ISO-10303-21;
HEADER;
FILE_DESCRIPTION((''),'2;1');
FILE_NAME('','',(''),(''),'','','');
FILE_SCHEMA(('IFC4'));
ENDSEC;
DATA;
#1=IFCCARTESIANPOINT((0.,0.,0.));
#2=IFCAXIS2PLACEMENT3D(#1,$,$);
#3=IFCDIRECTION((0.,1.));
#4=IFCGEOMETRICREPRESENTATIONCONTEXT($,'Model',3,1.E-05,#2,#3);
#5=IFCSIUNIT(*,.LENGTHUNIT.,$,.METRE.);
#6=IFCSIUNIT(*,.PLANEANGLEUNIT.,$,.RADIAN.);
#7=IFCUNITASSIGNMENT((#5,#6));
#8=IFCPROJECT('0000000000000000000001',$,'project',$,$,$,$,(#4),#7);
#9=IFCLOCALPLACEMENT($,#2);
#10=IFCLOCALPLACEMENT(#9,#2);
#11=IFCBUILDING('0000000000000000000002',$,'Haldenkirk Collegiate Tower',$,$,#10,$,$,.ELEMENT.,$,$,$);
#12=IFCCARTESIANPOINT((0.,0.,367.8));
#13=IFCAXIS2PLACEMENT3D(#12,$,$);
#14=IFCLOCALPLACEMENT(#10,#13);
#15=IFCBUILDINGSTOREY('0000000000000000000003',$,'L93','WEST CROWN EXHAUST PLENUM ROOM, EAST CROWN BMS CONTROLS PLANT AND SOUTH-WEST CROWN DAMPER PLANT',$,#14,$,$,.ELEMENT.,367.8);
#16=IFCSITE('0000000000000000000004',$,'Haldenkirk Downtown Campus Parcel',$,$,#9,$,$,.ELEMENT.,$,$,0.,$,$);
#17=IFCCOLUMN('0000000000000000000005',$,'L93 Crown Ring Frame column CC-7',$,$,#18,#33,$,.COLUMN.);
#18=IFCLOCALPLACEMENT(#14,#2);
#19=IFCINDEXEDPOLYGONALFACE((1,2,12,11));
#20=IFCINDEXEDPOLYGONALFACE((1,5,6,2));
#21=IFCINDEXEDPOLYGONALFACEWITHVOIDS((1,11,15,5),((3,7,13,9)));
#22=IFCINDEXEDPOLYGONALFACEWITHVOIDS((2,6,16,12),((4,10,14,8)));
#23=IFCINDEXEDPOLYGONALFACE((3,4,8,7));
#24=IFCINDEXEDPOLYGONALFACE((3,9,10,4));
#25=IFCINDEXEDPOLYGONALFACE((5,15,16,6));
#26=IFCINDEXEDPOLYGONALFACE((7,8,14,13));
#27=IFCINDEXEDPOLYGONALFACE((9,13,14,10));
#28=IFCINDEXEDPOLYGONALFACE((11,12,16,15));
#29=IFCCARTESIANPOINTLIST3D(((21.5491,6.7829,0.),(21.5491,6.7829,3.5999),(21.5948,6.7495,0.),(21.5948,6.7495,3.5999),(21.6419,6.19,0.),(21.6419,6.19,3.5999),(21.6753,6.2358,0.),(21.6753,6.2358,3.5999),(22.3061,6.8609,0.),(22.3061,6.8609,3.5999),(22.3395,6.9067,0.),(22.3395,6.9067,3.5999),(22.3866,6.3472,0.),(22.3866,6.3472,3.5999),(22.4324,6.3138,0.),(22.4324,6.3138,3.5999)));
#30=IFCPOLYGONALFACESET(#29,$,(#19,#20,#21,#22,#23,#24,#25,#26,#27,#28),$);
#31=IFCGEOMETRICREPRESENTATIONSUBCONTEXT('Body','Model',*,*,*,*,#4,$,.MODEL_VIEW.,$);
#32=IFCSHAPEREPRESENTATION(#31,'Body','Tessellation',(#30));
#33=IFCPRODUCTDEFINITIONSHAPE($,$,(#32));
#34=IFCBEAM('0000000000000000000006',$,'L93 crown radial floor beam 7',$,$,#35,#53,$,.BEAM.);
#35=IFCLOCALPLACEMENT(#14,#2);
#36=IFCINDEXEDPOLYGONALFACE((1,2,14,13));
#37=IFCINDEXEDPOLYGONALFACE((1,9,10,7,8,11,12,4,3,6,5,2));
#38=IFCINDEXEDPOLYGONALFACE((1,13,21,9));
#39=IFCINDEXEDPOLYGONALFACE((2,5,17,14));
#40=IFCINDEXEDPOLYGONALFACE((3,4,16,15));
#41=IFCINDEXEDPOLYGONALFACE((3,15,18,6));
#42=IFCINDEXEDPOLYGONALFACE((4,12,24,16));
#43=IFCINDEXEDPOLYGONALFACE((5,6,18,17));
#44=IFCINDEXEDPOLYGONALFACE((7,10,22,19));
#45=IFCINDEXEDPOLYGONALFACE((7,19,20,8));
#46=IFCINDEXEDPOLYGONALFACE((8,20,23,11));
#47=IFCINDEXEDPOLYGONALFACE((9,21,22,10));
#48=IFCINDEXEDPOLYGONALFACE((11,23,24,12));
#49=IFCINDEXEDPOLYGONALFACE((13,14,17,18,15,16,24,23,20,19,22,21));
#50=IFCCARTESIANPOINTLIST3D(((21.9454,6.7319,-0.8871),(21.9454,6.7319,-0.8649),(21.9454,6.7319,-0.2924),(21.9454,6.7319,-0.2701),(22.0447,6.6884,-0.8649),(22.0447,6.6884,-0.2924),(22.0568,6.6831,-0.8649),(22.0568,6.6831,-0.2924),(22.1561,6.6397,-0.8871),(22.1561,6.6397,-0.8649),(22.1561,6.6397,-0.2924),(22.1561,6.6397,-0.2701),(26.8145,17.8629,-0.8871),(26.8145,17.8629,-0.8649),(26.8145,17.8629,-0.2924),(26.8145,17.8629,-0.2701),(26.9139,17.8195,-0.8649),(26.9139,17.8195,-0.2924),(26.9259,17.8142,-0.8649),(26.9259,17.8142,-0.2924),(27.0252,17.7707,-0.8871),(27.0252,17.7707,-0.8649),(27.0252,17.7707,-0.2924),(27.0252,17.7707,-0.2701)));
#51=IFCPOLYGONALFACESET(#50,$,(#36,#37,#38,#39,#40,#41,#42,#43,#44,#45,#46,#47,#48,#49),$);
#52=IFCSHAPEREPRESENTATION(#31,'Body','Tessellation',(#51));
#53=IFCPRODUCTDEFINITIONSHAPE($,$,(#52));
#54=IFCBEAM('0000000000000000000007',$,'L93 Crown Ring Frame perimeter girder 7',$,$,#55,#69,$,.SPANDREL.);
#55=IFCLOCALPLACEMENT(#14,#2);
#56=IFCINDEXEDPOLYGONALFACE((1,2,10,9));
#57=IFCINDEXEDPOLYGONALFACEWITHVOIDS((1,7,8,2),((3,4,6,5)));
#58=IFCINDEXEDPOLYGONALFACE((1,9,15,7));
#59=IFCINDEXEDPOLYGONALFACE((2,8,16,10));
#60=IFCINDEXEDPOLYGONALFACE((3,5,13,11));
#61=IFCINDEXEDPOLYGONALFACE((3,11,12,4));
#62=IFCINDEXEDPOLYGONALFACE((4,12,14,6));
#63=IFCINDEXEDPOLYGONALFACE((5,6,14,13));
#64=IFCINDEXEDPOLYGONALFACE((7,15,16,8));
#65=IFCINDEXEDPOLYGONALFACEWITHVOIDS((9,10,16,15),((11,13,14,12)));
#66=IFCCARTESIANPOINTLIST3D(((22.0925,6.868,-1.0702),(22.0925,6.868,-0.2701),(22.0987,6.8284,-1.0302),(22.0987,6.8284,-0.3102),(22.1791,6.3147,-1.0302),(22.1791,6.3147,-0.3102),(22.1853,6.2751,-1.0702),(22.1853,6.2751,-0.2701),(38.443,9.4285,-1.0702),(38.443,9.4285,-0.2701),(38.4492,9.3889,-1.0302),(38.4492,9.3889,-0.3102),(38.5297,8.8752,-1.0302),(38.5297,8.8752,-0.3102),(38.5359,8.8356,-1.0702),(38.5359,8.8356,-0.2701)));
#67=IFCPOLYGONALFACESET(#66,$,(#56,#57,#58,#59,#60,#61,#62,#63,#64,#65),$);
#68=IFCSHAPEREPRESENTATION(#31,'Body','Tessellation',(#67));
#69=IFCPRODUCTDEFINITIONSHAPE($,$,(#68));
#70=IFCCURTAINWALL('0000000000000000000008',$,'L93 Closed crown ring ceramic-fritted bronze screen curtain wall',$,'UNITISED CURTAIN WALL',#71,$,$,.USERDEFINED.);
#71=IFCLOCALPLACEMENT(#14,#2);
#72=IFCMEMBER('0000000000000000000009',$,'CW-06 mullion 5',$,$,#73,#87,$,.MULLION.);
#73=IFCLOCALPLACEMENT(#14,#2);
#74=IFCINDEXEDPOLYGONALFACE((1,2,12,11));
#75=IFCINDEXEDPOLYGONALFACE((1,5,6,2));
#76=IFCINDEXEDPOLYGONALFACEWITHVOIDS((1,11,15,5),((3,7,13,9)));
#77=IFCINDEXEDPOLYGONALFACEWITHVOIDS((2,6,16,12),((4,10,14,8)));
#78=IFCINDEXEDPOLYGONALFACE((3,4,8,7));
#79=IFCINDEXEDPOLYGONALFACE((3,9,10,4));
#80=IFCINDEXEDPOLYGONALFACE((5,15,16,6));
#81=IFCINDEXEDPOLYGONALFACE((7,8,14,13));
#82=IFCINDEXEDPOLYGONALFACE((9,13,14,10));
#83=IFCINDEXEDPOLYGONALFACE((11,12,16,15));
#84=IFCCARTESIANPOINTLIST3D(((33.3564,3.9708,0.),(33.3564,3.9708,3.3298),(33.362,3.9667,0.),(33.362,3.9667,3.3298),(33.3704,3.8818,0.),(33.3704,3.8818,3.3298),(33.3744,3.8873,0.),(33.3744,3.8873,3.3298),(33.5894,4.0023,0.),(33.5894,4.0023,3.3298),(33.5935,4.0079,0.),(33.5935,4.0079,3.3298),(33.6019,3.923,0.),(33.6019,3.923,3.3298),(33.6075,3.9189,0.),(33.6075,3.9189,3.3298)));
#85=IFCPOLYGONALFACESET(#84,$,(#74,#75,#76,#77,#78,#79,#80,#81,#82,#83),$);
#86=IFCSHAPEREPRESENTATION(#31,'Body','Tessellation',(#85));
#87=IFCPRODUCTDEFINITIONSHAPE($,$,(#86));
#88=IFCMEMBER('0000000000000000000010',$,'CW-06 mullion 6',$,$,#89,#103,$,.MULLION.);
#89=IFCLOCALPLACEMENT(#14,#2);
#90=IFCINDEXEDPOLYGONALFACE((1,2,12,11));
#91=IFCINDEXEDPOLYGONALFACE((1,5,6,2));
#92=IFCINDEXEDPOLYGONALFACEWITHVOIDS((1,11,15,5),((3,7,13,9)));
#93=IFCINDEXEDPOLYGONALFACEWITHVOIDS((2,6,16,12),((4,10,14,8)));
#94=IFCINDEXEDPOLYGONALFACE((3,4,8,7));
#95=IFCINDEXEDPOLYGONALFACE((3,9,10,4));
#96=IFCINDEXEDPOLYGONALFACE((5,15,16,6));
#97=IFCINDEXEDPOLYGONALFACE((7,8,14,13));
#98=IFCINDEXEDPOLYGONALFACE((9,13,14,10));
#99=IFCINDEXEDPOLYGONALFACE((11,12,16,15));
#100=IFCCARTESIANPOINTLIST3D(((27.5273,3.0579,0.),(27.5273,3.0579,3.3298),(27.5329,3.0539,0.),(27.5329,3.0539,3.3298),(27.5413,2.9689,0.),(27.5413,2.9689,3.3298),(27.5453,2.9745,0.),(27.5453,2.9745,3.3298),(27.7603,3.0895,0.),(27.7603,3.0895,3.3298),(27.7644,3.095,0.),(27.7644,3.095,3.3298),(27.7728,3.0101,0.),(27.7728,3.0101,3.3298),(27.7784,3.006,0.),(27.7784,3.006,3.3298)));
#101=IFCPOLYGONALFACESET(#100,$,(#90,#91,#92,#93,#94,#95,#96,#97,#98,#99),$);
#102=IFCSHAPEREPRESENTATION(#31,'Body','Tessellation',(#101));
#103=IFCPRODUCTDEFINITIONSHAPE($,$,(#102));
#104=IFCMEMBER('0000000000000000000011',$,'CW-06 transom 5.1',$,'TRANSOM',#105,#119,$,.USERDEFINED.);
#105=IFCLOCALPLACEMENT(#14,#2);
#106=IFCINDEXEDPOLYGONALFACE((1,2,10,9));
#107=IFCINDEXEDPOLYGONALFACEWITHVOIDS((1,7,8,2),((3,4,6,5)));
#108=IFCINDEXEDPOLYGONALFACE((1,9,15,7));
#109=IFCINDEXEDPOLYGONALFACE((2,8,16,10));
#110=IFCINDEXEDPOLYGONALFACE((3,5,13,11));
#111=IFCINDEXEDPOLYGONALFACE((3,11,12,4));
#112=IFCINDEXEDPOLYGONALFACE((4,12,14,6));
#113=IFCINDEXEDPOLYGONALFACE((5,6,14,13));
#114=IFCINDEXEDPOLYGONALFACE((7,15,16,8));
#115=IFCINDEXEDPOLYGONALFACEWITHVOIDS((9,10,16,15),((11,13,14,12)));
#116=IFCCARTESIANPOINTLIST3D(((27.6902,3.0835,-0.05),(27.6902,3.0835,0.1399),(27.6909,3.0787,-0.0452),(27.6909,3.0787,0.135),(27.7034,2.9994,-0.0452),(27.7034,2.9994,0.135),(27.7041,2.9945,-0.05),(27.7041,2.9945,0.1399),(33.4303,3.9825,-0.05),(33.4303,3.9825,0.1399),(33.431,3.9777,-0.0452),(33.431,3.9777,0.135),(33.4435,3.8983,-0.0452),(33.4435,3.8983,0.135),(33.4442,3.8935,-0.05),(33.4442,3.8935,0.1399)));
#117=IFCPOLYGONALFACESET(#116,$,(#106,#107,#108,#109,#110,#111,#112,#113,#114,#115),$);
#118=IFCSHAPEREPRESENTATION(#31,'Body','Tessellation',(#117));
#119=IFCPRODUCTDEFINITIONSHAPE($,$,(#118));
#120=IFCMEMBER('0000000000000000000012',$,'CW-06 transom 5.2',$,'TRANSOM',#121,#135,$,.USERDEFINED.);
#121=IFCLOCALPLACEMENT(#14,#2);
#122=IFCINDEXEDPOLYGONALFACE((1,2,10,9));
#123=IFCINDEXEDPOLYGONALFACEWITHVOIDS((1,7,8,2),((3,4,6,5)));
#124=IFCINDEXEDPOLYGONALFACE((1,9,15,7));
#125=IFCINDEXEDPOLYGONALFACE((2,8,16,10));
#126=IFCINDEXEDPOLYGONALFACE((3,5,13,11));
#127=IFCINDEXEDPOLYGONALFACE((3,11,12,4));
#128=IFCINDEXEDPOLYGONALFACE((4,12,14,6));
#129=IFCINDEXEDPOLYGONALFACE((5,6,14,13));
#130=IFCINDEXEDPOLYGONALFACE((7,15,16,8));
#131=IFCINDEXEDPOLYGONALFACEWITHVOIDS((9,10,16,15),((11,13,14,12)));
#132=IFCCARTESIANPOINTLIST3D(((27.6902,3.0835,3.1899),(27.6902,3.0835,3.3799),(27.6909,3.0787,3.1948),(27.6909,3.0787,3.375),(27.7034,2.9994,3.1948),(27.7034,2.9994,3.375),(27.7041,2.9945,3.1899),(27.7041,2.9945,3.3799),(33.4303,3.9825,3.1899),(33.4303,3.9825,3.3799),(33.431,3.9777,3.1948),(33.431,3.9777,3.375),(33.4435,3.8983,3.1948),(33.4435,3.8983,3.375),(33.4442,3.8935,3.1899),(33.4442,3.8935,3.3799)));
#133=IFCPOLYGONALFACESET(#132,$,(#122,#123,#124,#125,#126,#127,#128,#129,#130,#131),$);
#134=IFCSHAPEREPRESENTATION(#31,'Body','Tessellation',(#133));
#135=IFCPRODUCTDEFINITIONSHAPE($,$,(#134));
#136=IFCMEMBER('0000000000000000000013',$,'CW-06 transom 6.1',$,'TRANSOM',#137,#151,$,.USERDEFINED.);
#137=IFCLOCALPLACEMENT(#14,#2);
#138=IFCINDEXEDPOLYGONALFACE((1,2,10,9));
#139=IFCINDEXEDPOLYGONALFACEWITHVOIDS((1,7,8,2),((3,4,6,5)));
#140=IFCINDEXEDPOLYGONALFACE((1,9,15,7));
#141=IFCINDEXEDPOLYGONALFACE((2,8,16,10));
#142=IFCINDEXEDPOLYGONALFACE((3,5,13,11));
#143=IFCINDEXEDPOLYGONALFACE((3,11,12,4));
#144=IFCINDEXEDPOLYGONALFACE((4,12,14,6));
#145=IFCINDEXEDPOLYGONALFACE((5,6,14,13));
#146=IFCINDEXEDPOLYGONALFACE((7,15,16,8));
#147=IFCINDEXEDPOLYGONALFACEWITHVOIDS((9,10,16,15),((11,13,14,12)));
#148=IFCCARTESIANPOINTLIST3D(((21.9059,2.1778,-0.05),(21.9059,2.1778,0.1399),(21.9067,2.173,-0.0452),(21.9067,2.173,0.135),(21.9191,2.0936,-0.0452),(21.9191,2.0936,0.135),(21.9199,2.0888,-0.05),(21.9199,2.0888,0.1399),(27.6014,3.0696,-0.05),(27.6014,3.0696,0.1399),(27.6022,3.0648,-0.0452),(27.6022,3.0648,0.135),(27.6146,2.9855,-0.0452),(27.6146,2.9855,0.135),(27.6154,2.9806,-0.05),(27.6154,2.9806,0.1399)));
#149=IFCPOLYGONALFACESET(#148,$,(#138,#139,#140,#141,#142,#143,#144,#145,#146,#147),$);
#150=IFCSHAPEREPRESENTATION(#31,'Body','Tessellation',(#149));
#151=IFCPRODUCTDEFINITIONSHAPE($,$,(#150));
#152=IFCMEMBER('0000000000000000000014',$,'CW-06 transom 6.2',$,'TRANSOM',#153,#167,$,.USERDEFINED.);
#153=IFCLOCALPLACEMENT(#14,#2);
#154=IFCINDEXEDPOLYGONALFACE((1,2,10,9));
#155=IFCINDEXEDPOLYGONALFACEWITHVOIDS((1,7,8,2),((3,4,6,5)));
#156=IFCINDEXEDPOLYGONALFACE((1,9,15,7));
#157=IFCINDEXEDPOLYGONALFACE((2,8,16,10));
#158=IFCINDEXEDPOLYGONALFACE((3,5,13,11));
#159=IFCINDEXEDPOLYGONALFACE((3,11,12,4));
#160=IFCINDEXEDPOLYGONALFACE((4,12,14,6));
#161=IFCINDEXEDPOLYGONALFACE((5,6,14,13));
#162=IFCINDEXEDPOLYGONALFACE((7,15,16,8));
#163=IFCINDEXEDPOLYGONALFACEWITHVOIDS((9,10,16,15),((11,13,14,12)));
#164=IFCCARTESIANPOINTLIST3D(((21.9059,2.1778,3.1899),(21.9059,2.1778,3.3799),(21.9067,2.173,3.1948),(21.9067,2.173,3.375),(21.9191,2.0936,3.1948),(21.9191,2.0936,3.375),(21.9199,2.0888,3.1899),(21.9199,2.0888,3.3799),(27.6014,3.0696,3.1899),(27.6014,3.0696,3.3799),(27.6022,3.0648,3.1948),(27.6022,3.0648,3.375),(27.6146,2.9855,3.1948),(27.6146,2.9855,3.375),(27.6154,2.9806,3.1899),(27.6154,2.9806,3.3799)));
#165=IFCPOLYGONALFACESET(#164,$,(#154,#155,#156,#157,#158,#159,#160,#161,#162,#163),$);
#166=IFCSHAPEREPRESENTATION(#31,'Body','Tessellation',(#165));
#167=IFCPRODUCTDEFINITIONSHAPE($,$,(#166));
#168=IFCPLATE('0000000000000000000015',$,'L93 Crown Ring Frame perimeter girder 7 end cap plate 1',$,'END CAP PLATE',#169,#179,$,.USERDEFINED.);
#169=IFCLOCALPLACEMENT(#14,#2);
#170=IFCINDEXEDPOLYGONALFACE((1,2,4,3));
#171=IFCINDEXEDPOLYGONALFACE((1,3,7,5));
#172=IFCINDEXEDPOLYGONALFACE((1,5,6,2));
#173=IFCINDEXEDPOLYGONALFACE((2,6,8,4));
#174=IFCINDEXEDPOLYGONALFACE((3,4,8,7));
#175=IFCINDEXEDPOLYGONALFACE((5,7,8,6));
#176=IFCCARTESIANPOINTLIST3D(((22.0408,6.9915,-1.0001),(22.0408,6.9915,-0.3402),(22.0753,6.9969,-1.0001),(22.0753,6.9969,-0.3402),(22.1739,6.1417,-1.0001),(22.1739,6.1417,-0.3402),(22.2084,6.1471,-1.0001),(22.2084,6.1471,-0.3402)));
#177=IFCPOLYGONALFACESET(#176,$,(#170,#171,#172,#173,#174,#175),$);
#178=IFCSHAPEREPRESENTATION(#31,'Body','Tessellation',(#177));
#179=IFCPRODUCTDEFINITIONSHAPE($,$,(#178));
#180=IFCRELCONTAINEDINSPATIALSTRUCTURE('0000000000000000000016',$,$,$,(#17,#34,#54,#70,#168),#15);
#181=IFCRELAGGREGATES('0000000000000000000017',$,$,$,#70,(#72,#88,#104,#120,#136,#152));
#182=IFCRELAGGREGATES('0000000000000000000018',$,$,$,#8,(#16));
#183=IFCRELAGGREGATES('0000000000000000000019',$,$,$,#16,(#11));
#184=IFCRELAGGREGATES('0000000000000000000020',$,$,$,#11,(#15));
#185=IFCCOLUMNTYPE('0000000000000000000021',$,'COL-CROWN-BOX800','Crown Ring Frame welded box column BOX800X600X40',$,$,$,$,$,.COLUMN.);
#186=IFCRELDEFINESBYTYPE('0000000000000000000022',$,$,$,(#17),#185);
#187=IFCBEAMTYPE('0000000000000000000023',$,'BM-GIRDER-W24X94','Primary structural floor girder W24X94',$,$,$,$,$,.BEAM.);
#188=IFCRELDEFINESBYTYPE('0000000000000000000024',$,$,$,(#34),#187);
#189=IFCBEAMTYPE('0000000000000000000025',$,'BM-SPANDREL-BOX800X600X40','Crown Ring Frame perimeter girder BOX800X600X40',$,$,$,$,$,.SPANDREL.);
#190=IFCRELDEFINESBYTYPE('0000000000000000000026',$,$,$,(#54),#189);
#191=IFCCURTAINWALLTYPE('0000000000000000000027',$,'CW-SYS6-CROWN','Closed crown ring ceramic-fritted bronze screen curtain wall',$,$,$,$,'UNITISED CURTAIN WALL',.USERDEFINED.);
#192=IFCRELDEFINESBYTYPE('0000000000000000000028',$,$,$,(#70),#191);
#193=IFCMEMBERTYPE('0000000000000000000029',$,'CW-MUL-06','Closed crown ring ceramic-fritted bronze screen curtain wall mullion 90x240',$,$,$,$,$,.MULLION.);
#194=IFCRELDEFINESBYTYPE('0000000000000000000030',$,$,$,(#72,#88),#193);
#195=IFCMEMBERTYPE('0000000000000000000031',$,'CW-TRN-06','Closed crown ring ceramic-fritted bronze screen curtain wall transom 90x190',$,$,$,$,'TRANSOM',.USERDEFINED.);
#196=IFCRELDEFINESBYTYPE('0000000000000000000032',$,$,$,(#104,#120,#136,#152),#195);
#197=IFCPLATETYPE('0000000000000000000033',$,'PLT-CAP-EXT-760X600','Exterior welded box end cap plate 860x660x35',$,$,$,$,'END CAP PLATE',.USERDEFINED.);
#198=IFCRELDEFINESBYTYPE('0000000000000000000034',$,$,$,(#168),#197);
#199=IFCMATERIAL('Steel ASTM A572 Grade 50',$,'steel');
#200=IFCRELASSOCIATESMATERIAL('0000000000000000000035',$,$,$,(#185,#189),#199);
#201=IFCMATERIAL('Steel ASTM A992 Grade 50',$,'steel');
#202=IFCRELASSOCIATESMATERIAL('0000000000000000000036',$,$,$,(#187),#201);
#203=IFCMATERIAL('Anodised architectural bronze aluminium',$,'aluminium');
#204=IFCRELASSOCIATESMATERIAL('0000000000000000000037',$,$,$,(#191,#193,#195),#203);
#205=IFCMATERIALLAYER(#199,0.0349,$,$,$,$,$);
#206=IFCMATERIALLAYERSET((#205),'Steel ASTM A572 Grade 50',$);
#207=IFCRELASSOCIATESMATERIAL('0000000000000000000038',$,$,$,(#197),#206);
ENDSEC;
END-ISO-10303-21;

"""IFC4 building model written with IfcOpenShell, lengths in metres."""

from ifc_helpers import new_model, si_unit, direction, frame, origin, origin_2d, place, context, subcontext, project, spatial, rectangle, hollow_rectangle, i_section, extrude, source, transform, mapped, material, layer, layer_set, material_profile, profile_set, type_object, element, aggregate, save


model = new_model("IFC4")

# Units and contexts
model_context = context("Model", 3, precision=1e-05, world=origin(), true_north=direction((0.0, 1.0)))
body_context = subcontext(model_context, "Body", "Model", "MODEL_VIEW")
ifc_project = project(units=[si_unit("LENGTHUNIT", "METRE"), si_unit("PLANEANGLEUNIT", "RADIAN")], contexts=[model_context])

# Site, building, storey
site_placement = place(None, origin())
site = spatial("IfcSite", under=ifc_project, at=site_placement, Name="Haldenkirk Downtown Campus Parcel", CompositionType="ELEMENT", RefElevation=0.0)
building_placement = place(site_placement, origin())
building = spatial("IfcBuilding", under=site, at=building_placement, Name="Haldenkirk Collegiate Tower", CompositionType="ELEMENT")
storey_placement = place(building_placement, frame((0.0, 0.0, 367.8)))
storey = spatial("IfcBuildingStorey", under=building, at=storey_placement, Name="L93", Description="WEST CROWN EXHAUST PLENUM ROOM, EAST CROWN BMS CONTROLS PLANT AND SOUTH-WEST CROWN DAMPER PLANT", CompositionType="ELEMENT", Elevation=367.8)

# Column
ifc_material_1 = material(Name="Steel ASTM A572 Grade 50", Category="steel")
ifc_material_profile_1 = material_profile(ifc_material_1, hollow_rectangle(XDim=0.6001, YDim=0.8, WallThickness=0.04, at=origin_2d()), Name="BOX800X600X40")
ifc_profile_set_1 = profile_set([ifc_material_profile_1], Name="Steel ASTM A572 Grade 50")
column_type = type_object("IfcColumnType", Name="COL-CROWN-BOX800", Description="Crown Ring Frame welded box column BOX800X600X40", PredefinedType="COLUMN", material=ifc_profile_set_1)
column_placement = place(storey_placement, frame((21.9907, 6.5483, 0.0), z_axis=(0.0, 0.0, 1.0), x_axis=(-0.15471, 0.98796, 0.0)))
element("IfcColumn", 1, at=column_placement, inside=storey, type_object=column_type, Name="L93 Crown Ring Frame column CC-7", PredefinedType="COLUMN", context=body_context, shape_type="SweptSolid", body=[
    extrude(hollow_rectangle(XDim=0.6001, YDim=0.8, WallThickness=0.04, at=origin_2d()), origin(), (0.0, 0.0, 1.0), 3.5999),
])

# Beams
ifc_material_2 = material(Name="Steel ASTM A992 Grade 50", Category="steel")
ifc_material_profile_2 = material_profile(ifc_material_2, i_section(OverallWidth=0.23, OverallDepth=0.6169, WebThickness=0.0132, FlangeThickness=0.0222, at=origin_2d()), Name="W24X94")
ifc_profile_set_2 = profile_set([ifc_material_profile_2], Name="Steel ASTM A992 Grade 50")
beam_type_1 = type_object("IfcBeamType", Name="BM-GIRDER-W24X94", Description="Primary structural floor girder W24X94", PredefinedType="BEAM", material=ifc_profile_set_2)
beam_1_placement = place(storey_placement, frame((22.0508, 6.6858, -0.5786), z_axis=(0.400769, 0.916179, 0.0), x_axis=(-0.916179, 0.400769, 0.0)))
element("IfcBeam", 2, at=beam_1_placement, inside=storey, type_object=beam_type_1, Name="L93 crown radial floor beam 7", PredefinedType="BEAM", context=body_context, shape_type="SweptSolid", body=[
    extrude(i_section(OverallWidth=0.23, OverallDepth=0.6169, WebThickness=0.0132, FlangeThickness=0.0222, at=origin_2d()), origin(), (0.0, 0.0, 1.0), 12.1494),
])
ifc_material_profile_3 = material_profile(ifc_material_1, hollow_rectangle(XDim=0.6001, YDim=0.8, WallThickness=0.04, at=origin_2d()), Name="BOX800X600X40")
ifc_profile_set_3 = profile_set([ifc_material_profile_3], Name="Steel ASTM A572 Grade 50")
beam_type_2 = type_object("IfcBeamType", Name="BM-SPANDREL-BOX800X600X40", Description="Crown Ring Frame perimeter girder BOX800X600X40", PredefinedType="SPANDREL", material=ifc_profile_set_3)
beam_2_placement = place(storey_placement, frame((22.1389, 6.5715, -0.6702), z_axis=(0.987959, 0.154717, 0.0), x_axis=(-0.154717, 0.987959, 0.0)))
element("IfcBeam", 3, at=beam_2_placement, inside=storey, type_object=beam_type_2, Name="L93 Crown Ring Frame perimeter girder 7", PredefinedType="SPANDREL", context=body_context, shape_type="SweptSolid", body=[
    extrude(hollow_rectangle(XDim=0.6001, YDim=0.8, WallThickness=0.04, at=origin_2d()), origin(), (0.0, 0.0, 1.0), 16.5498),
])

# Curtain wall, members
ifc_material_3 = material(Name="Anodised architectural bronze aluminium", Category="aluminium")
curtain_wall_type = type_object("IfcCurtainWallType", Name="CW-SYS6-CROWN", Description="Closed crown ring ceramic-fritted bronze screen curtain wall", ElementType="UNITISED CURTAIN WALL", PredefinedType="USERDEFINED", material=ifc_material_3)
curtain_wall_placement = place(storey_placement, origin())
curtain_wall = element("IfcCurtainWall", 4, at=curtain_wall_placement, inside=storey, type_object=curtain_wall_type, Name="L93 Closed crown ring ceramic-fritted bronze screen curtain wall", ObjectType="UNITISED CURTAIN WALL", PredefinedType="USERDEFINED")
ifc_material_profile_4 = material_profile(ifc_material_3, hollow_rectangle(XDim=0.0901, YDim=0.24, WallThickness=0.0049, at=origin_2d()), Name="CW-MUL-06")
ifc_profile_set_4 = profile_set([ifc_material_profile_4], Name="Anodised architectural bronze aluminium")
member_type_1 = type_object("IfcMemberType", Name="CW-MUL-06", Description="Closed crown ring ceramic-fritted bronze screen curtain wall mullion 90x240", PredefinedType="MULLION", material=ifc_profile_set_4)
member_1_placement = place(storey_placement, frame((33.4819, 3.9448, 0.0), z_axis=(0.0, 0.0, 1.0), x_axis=(0.154709, -0.98796, 0.0)))
member_1 = element("IfcMember", 5, at=member_1_placement, type_object=member_type_1, Name="CW-06 mullion 5", PredefinedType="MULLION", context=body_context, shape_type="SweptSolid", body=[
    extrude(hollow_rectangle(XDim=0.0901, YDim=0.24, WallThickness=0.0049, at=origin_2d()), origin(), (0.0, 0.0, 1.0), 3.3298),
])
member_2_placement = place(storey_placement, frame((27.6528, 3.032, 0.0), z_axis=(0.0, 0.0, 1.0), x_axis=(0.154709, -0.98796, 0.0)))
member_2 = element("IfcMember", 6, at=member_2_placement, type_object=member_type_1, Name="CW-06 mullion 6", PredefinedType="MULLION", context=body_context, shape_type="SweptSolid", body=[
    extrude(hollow_rectangle(XDim=0.0901, YDim=0.24, WallThickness=0.0049, at=origin_2d()), origin(), (0.0, 0.0, 1.0), 3.3298),
])
ifc_material_profile_5 = material_profile(ifc_material_3, hollow_rectangle(XDim=0.0901, YDim=0.1899, WallThickness=0.0049, at=origin_2d()), Name="CW-TRN-06")
ifc_profile_set_5 = profile_set([ifc_material_profile_5], Name="Anodised architectural bronze aluminium")
member_type_2 = type_object("IfcMemberType", Name="CW-TRN-06", Description="Closed crown ring ceramic-fritted bronze screen curtain wall transom 90x190", ElementType="TRANSOM", PredefinedType="USERDEFINED", material=ifc_profile_set_5)
member_3_placement = place(storey_placement, frame((33.4373, 3.938, 0.0449), z_axis=(-0.987958, -0.154722, 0.0), x_axis=(0.154722, -0.987958, 0.0)))
member_3 = element("IfcMember", 7, at=member_3_placement, type_object=member_type_2, Name="CW-06 transom 5.1", ObjectType="TRANSOM", PredefinedType="USERDEFINED", context=body_context, shape_type="SweptSolid", body=[
    extrude(hollow_rectangle(XDim=0.0901, YDim=0.1899, WallThickness=0.0049, at=origin_2d()), origin(), (0.0, 0.0, 1.0), 5.8101),
])
member_4_placement = place(storey_placement, frame((33.4373, 3.938, 3.2849), z_axis=(-0.987958, -0.154722, 0.0), x_axis=(0.154722, -0.987958, 0.0)))
member_4 = element("IfcMember", 8, at=member_4_placement, type_object=member_type_2, Name="CW-06 transom 5.2", ObjectType="TRANSOM", PredefinedType="USERDEFINED", context=body_context, shape_type="SweptSolid", body=[
    extrude(hollow_rectangle(XDim=0.0901, YDim=0.1899, WallThickness=0.0049, at=origin_2d()), origin(), (0.0, 0.0, 1.0), 5.8101),
])
member_5_placement = place(storey_placement, frame((27.6084, 3.0251, 0.0449), z_axis=(-0.987961, -0.154701, 0.0), x_axis=(0.154701, -0.987961, 0.0)))
member_5 = element("IfcMember", 9, at=member_5_placement, type_object=member_type_2, Name="CW-06 transom 6.1", ObjectType="TRANSOM", PredefinedType="USERDEFINED", context=body_context, shape_type="SweptSolid", body=[
    extrude(hollow_rectangle(XDim=0.0901, YDim=0.1899, WallThickness=0.0049, at=origin_2d()), origin(), (0.0, 0.0, 1.0), 5.7649),
])
member_6_placement = place(storey_placement, frame((27.6084, 3.0251, 3.2849), z_axis=(-0.987961, -0.154701, 0.0), x_axis=(0.154701, -0.987961, 0.0)))
member_6 = element("IfcMember", 10, at=member_6_placement, type_object=member_type_2, Name="CW-06 transom 6.2", ObjectType="TRANSOM", PredefinedType="USERDEFINED", context=body_context, shape_type="SweptSolid", body=[
    extrude(hollow_rectangle(XDim=0.0901, YDim=0.1899, WallThickness=0.0049, at=origin_2d()), origin(), (0.0, 0.0, 1.0), 5.7649),
])

# Plate
ifc_layer_1 = layer(ifc_material_1, 0.0349)
ifc_layer_set_1 = layer_set([ifc_layer_1], Name="Steel ASTM A572 Grade 50")
plate_type_1 = type_object("IfcPlateType", Name="PLT-CAP-EXT-760X600", Description="Exterior welded box end cap plate 860x660x35", ElementType="END CAP PLATE", PredefinedType="USERDEFINED", material=ifc_layer_set_1)
shared_shape_1 = source(origin(), body_context, "Body", "SweptSolid", [
    extrude(rectangle(XDim=0.8601, YDim=0.6599, at=origin_2d()), origin(), (0.0, 0.0, 1.0), 0.0349),
])
plate_1_placement = place(storey_placement, frame((22.1418, 6.572, -0.6702), z_axis=(-0.987959, -0.154713, 0.0), x_axis=(0.154713, -0.987959, 0.0)))
element("IfcPlate", 11, at=plate_1_placement, inside=storey, type_object=plate_type_1, Name="L93 Crown Ring Frame perimeter girder 7 end cap plate 1", ObjectType="END CAP PLATE", PredefinedType="USERDEFINED", context=body_context, shape_type="MappedRepresentation", body=[
    mapped(shared_shape_1, transform((0.0, 0.0, 0.0), x_axis=(1.0, 0.0, 0.0), y_axis=(0.0, 1.0, 0.0), z_axis=(0.0, 0.0, 1.0), scale=1.0)),
])
aggregate(curtain_wall, [member_1, member_2, member_3, member_4, member_5, member_6])

save(model, "model.ifc")
